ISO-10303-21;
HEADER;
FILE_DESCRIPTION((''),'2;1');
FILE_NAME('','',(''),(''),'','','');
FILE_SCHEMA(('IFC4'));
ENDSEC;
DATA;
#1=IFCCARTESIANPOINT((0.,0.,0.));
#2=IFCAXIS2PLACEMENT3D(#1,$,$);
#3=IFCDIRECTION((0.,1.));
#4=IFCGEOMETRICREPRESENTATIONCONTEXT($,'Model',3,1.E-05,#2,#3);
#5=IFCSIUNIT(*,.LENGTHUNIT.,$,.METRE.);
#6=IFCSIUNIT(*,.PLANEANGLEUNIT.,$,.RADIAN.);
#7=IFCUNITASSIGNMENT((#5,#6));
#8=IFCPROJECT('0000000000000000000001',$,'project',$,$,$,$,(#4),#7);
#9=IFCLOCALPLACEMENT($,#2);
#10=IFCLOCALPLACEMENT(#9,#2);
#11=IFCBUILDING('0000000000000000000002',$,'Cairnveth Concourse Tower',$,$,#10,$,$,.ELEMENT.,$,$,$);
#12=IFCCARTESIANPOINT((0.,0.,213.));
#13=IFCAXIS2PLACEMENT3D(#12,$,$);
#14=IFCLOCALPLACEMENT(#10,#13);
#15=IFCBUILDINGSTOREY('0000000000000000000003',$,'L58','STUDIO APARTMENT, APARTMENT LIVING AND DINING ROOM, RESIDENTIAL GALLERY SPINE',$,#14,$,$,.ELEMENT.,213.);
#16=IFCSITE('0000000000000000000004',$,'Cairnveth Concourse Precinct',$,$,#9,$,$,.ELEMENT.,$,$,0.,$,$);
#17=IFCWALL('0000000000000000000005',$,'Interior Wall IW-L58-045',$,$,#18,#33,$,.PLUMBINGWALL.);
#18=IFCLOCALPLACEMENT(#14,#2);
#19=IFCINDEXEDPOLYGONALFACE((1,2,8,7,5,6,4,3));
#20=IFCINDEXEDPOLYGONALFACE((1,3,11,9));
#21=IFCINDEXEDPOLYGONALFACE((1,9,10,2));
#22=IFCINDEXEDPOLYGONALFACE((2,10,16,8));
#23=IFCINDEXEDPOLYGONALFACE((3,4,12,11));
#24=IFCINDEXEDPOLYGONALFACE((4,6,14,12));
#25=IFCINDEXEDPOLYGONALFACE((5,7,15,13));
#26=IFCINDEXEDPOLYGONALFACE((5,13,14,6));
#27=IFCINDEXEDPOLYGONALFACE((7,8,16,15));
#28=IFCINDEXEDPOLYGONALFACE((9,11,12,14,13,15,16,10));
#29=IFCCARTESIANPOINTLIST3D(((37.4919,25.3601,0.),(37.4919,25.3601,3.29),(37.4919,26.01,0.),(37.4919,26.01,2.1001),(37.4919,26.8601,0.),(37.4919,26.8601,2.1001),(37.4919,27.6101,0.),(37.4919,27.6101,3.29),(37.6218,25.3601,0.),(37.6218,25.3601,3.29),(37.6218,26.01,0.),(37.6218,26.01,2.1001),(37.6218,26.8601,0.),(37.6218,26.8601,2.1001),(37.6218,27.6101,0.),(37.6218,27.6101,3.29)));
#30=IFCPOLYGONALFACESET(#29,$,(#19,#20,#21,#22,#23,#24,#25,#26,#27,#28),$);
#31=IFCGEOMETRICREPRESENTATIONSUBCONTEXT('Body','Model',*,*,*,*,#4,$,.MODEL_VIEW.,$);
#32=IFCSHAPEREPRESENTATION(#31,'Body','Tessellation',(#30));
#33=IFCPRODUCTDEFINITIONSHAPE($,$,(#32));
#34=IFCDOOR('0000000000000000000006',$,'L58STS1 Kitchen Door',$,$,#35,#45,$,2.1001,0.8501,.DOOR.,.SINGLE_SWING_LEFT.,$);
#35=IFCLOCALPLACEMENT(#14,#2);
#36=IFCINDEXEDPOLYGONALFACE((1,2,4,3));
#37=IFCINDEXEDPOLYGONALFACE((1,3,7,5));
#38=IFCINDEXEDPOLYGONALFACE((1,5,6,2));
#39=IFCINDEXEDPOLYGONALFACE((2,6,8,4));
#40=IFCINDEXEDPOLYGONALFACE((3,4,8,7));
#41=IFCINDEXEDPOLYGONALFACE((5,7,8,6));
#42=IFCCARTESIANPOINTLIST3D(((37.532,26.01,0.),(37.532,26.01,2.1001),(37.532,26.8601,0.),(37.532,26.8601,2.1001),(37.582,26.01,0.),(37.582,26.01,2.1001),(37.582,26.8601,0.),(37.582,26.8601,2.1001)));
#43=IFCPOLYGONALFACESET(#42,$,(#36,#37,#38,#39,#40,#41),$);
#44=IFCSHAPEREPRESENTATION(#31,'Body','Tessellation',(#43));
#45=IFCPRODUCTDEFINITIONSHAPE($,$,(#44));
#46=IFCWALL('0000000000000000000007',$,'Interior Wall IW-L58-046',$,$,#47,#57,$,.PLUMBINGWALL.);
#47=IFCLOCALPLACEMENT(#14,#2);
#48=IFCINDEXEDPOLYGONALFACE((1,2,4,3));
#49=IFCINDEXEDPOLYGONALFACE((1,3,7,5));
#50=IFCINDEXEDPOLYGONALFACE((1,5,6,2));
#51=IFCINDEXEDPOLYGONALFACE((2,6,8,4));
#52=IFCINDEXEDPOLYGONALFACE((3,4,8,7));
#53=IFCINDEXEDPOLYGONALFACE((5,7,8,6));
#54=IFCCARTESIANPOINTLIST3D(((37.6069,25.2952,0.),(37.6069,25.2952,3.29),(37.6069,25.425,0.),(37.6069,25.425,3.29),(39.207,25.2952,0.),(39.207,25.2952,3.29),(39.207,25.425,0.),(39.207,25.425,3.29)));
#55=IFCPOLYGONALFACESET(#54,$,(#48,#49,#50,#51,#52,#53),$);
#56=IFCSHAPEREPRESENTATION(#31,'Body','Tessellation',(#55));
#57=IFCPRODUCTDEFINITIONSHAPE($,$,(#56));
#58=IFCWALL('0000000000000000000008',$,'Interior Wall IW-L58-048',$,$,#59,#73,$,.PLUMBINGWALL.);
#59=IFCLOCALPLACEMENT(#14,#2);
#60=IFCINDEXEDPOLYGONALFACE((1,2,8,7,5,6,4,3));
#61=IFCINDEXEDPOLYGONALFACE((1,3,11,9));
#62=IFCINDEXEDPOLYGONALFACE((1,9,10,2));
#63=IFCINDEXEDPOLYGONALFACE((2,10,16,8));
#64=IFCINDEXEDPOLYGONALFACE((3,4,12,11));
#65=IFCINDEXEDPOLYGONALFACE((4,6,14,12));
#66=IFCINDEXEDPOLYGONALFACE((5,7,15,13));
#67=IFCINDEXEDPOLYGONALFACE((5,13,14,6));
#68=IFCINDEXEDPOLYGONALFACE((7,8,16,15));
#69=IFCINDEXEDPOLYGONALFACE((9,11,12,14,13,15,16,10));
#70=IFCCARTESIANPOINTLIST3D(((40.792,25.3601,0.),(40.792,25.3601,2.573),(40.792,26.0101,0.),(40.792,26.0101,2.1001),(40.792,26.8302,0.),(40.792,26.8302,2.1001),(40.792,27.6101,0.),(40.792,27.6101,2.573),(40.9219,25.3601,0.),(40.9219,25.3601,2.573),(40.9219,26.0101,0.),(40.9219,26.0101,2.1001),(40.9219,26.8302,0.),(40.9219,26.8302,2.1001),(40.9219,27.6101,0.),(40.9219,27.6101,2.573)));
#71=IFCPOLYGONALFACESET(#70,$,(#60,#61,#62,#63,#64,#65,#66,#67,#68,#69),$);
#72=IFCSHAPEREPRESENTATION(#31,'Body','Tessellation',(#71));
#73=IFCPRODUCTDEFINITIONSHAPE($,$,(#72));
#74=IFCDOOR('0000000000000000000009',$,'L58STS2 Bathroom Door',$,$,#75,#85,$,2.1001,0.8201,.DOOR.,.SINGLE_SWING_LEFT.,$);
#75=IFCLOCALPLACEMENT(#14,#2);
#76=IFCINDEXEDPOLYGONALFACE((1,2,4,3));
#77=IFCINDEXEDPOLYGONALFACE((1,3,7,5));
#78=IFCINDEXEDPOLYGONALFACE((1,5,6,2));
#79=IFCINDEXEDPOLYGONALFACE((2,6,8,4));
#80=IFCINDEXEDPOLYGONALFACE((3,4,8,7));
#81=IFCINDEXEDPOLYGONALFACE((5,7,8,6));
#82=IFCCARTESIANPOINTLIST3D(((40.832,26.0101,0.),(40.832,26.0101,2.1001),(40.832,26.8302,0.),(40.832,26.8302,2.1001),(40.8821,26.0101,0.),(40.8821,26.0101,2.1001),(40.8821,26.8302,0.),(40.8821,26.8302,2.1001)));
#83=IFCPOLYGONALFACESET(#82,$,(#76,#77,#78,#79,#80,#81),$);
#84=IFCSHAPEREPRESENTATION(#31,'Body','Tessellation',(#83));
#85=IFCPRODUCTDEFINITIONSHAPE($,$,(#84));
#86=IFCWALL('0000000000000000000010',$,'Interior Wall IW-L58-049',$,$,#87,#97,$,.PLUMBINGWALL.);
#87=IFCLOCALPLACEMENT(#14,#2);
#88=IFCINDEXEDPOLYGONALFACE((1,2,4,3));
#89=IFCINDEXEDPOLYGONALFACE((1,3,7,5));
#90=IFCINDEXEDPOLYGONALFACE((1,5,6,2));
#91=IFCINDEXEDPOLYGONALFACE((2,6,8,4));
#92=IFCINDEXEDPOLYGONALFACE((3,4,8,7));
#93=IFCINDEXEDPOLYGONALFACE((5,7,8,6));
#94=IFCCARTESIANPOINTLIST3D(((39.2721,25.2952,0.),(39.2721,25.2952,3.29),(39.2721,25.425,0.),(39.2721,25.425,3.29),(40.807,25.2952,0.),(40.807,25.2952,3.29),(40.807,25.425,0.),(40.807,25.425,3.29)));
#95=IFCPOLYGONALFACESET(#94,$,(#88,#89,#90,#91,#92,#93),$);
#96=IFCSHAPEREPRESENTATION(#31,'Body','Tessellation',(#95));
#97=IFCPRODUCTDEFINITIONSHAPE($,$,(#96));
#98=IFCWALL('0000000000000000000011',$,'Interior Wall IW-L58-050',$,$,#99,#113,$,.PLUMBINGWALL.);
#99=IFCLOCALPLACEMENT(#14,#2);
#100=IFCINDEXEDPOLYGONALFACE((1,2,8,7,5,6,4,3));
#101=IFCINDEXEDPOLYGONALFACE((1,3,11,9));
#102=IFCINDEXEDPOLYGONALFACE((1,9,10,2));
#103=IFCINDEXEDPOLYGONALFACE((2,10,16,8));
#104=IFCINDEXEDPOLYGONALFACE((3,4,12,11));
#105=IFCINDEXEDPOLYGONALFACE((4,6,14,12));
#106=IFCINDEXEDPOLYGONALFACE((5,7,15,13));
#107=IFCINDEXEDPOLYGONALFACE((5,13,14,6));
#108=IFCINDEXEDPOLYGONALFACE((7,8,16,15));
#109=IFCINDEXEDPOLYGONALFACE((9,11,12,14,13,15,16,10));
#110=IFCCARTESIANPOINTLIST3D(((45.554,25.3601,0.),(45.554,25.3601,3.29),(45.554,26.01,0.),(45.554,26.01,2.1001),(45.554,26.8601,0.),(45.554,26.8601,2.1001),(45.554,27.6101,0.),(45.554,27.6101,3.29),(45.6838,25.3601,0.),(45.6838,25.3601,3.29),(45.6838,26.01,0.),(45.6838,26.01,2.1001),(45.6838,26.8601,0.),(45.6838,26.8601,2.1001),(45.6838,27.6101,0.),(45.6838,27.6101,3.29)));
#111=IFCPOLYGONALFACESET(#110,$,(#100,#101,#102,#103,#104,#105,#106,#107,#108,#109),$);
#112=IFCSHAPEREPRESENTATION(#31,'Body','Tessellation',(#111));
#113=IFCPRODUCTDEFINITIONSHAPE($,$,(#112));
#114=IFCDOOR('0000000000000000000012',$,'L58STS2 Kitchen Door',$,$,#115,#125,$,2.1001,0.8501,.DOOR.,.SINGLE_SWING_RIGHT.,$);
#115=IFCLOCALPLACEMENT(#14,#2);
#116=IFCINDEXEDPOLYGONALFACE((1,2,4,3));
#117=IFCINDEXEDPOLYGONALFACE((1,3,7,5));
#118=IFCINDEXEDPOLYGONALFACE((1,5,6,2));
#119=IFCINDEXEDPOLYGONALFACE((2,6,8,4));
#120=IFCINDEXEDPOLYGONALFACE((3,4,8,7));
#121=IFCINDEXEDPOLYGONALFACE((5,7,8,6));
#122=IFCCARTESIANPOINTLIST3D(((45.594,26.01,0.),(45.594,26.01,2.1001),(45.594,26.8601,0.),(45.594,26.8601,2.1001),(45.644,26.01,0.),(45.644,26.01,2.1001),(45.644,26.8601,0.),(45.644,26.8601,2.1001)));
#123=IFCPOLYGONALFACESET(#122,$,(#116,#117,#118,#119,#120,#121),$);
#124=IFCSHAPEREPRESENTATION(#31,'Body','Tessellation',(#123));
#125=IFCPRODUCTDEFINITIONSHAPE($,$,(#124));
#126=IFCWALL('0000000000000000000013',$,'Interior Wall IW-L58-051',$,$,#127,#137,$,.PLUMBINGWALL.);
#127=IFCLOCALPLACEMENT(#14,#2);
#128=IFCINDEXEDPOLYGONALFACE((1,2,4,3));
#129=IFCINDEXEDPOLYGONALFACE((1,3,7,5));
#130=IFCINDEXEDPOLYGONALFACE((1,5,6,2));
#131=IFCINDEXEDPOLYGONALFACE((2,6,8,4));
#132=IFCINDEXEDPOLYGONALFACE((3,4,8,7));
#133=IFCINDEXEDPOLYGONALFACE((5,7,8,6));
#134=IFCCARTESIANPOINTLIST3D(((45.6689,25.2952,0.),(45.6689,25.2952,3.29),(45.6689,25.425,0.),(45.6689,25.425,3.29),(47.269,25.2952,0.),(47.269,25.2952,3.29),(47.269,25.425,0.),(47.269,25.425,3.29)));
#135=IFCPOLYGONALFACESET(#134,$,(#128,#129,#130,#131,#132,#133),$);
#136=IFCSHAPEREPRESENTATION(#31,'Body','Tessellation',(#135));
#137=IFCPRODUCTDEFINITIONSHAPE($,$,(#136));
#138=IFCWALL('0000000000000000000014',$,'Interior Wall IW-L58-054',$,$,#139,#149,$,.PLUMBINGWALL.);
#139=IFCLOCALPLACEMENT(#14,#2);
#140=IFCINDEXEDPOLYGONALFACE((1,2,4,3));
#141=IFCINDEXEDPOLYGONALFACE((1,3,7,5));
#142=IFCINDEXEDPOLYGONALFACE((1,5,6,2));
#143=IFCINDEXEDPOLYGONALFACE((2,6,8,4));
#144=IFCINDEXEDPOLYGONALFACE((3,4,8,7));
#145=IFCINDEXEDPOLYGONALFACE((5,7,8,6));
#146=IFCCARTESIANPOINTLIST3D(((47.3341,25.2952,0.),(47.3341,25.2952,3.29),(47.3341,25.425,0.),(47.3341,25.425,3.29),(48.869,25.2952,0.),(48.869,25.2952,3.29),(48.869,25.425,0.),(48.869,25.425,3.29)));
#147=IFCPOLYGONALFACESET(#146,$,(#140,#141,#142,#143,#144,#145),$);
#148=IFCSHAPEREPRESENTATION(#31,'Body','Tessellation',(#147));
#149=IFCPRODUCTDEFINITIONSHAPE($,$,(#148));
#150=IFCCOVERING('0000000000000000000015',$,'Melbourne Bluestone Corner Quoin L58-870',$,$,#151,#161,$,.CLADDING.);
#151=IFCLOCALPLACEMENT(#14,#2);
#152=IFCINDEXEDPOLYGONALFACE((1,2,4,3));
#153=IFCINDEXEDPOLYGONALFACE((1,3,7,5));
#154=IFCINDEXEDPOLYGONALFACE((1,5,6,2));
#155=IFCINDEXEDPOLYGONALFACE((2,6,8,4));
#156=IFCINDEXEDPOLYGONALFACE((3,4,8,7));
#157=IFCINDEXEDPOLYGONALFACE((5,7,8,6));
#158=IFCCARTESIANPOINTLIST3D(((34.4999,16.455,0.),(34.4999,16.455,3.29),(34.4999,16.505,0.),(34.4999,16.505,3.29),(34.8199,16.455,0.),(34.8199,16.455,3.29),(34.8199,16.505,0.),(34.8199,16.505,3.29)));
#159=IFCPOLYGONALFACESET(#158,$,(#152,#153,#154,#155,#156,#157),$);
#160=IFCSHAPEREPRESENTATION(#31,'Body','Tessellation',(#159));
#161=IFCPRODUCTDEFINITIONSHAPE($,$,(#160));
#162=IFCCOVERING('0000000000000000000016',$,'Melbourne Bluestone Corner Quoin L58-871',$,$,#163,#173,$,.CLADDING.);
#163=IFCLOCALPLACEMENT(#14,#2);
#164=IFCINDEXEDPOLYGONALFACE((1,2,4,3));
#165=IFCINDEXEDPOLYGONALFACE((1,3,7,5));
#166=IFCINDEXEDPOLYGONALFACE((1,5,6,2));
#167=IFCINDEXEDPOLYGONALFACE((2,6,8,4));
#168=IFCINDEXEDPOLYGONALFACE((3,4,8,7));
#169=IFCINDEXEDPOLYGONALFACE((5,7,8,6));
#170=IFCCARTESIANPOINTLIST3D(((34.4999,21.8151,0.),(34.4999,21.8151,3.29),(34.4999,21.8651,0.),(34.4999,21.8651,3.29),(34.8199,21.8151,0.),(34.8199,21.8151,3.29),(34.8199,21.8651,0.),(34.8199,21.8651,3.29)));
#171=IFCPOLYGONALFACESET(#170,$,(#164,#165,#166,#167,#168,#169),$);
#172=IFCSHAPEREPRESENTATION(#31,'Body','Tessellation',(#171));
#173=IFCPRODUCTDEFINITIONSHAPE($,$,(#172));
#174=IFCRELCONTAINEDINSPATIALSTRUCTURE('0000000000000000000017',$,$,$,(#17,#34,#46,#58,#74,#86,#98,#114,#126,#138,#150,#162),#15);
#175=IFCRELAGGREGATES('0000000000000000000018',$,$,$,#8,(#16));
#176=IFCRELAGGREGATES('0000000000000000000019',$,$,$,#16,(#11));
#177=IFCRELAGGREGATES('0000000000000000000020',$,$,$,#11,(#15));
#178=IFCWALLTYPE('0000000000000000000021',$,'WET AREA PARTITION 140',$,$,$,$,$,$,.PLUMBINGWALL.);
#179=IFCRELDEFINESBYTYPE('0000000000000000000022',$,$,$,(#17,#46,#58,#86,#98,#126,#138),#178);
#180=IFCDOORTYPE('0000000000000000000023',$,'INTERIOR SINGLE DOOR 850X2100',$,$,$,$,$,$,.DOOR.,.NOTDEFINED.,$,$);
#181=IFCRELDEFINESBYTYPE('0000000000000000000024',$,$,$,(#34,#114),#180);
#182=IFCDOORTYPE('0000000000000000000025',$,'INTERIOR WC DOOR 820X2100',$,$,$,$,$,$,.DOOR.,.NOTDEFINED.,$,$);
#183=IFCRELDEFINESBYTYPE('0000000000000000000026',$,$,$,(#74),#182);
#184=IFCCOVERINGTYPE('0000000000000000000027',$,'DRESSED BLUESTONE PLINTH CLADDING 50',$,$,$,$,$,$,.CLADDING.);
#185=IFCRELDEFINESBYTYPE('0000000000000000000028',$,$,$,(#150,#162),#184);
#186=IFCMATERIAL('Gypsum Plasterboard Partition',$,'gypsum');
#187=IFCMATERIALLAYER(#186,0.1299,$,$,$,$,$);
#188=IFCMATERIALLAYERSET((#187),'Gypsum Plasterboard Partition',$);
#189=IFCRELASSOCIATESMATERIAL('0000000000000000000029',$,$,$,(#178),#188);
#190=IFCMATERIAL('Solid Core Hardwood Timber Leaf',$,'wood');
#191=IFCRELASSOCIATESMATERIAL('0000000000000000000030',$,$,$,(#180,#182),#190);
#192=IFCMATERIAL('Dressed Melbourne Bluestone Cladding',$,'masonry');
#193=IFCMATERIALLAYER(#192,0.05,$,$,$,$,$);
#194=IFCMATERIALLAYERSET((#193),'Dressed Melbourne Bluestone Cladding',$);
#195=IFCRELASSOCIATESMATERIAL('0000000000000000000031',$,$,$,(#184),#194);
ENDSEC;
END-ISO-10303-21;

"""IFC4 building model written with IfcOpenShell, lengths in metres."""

from ifc_helpers import new_model, si_unit, direction, frame, frame_2d, origin, place, context, subcontext, project, spatial, rectangle, extrude, material, layer, layer_set, type_object, element, fill, save


model = new_model("IFC4")

# Units and contexts
model_context = context("Model", 3, precision=1e-05, world=origin(), true_north=direction((0.0, 1.0)))
body_context = subcontext(model_context, "Body", "Model", "MODEL_VIEW")
ifc_project = project(units=[si_unit("LENGTHUNIT", "METRE"), si_unit("PLANEANGLEUNIT", "RADIAN")], contexts=[model_context])

# Site, building, storey
site_placement = place(None, origin())
site = spatial("IfcSite", under=ifc_project, at=site_placement, Name="Cairnveth Concourse Precinct", CompositionType="ELEMENT", RefElevation=0.0)
building_placement = place(site_placement, origin())
building = spatial("IfcBuilding", under=site, at=building_placement, Name="Cairnveth Concourse Tower", CompositionType="ELEMENT")
storey_placement = place(building_placement, frame((0.0, 0.0, 213.0)))
storey = spatial("IfcBuildingStorey", under=building, at=storey_placement, Name="L58", Description="STUDIO APARTMENT, APARTMENT LIVING AND DINING ROOM, RESIDENTIAL GALLERY SPINE", CompositionType="ELEMENT", Elevation=213.0)

# Shared definitions
ifc_material_1 = material(Name="Gypsum Plasterboard Partition", Category="gypsum")

# Wall, opening, door
ifc_layer_1 = layer(ifc_material_1, 0.1299)
ifc_layer_set_1 = layer_set([ifc_layer_1], Name="Gypsum Plasterboard Partition")
wall_type_1 = type_object("IfcWallType", Name="WET AREA PARTITION 140", PredefinedType="PLUMBINGWALL", material=ifc_layer_set_1)
wall_1_placement = place(storey_placement, frame((37.5569, 25.3601, 0.0), z_axis=(0.0, 0.0, 1.0), x_axis=(0.0, 1.0, 0.0)))
wall_1 = element("IfcWall", 1, at=wall_1_placement, inside=storey, type_object=wall_type_1, Name="Interior Wall IW-L58-045", PredefinedType="PLUMBINGWALL", context=body_context, shape_type="SweptSolid", body=[
    extrude(rectangle(XDim=2.25, YDim=0.1299, at=frame_2d((1.125, 0.0))), origin(), (0.0, 0.0, 1.0), 3.29),
])
opening_1_placement = place(wall_1_placement, frame((0.6499, 0.0, 0.0)))
opening_1 = element("IfcOpeningElement", 2, at=opening_1_placement, cuts=wall_1, PredefinedType="OPENING", context=body_context, shape_type="SweptSolid", body=[
    extrude(rectangle(XDim=0.8501, YDim=2.1001, at=frame_2d((0.425, 1.05))), frame((0.0, 0.075, 0.0), z_axis=(0.0, -1.0, 0.0), x_axis=(1.0, 0.0, 0.0)), (0.0, 0.0, 1.0), 0.1499),
])
ifc_material_2 = material(Name="Solid Core Hardwood Timber Leaf", Category="wood")
door_type_1 = type_object("IfcDoorType", Name="INTERIOR SINGLE DOOR 850X2100", OperationType="NOTDEFINED", PredefinedType="DOOR", material=ifc_material_2)
door_1_placement = place(opening_1_placement, origin())
door_1 = element("IfcDoor", 3, at=door_1_placement, inside=storey, type_object=door_type_1, Name="L58STS1 Kitchen Door", OperationType="SINGLE_SWING_LEFT", OverallHeight=2.1001, OverallWidth=0.8501, PredefinedType="DOOR", context=body_context, shape_type="SweptSolid", body=[
    extrude(rectangle(XDim=0.8501, YDim=2.1001, at=frame_2d((0.425, 1.05))), frame((0.0, 0.0249, 0.0), z_axis=(0.0, -1.0, 0.0), x_axis=(1.0, 0.0, 0.0)), (0.0, 0.0, 1.0), 0.05),
])
fill(opening_1, door_1)

# Wall
wall_2_placement = place(storey_placement, frame((37.6069, 25.3601, 0.0), z_axis=(0.0, 0.0, 1.0), x_axis=(1.0, 0.0, 0.0)))
element("IfcWall", 4, at=wall_2_placement, inside=storey, type_object=wall_type_1, Name="Interior Wall IW-L58-046", PredefinedType="PLUMBINGWALL", context=body_context, shape_type="SweptSolid", body=[
    extrude(rectangle(XDim=1.6001, YDim=0.1299, at=frame_2d((0.8, 0.0))), origin(), (0.0, 0.0, 1.0), 3.29),
])

# Wall, opening, door
wall_3_placement = place(storey_placement, frame((40.8569, 25.3601, 0.0), z_axis=(0.0, 0.0, 1.0), x_axis=(0.0, 1.0, 0.0)))
wall_3 = element("IfcWall", 5, at=wall_3_placement, inside=storey, type_object=wall_type_1, Name="Interior Wall IW-L58-048", PredefinedType="PLUMBINGWALL", context=body_context, shape_type="SweptSolid", body=[
    extrude(rectangle(XDim=2.25, YDim=0.1299, at=frame_2d((1.125, 0.0))), origin(), (0.0, 0.0, 1.0), 2.573),
])
opening_2_placement = place(wall_3_placement, frame((0.6499, 0.0, 0.0)))
opening_2 = element("IfcOpeningElement", 6, at=opening_2_placement, cuts=wall_3, PredefinedType="OPENING", context=body_context, shape_type="SweptSolid", body=[
    extrude(rectangle(XDim=0.8201, YDim=2.1001, at=frame_2d((0.4102, 1.05))), frame((0.0, 0.075, 0.0), z_axis=(0.0, -1.0, 0.0), x_axis=(1.0, 0.0, 0.0)), (0.0, 0.0, 1.0), 0.1499),
])
door_type_2 = type_object("IfcDoorType", Name="INTERIOR WC DOOR 820X2100", OperationType="NOTDEFINED", PredefinedType="DOOR", material=ifc_material_2)
door_2_placement = place(opening_2_placement, origin())
door_2 = element("IfcDoor", 7, at=door_2_placement, inside=storey, type_object=door_type_2, Name="L58STS2 Bathroom Door", OperationType="SINGLE_SWING_LEFT", OverallHeight=2.1001, OverallWidth=0.8201, PredefinedType="DOOR", context=body_context, shape_type="SweptSolid", body=[
    extrude(rectangle(XDim=0.8201, YDim=2.1001, at=frame_2d((0.4102, 1.05))), frame((0.0, 0.0249, 0.0), z_axis=(0.0, -1.0, 0.0), x_axis=(1.0, 0.0, 0.0)), (0.0, 0.0, 1.0), 0.05),
])
fill(opening_2, door_2)

# Wall
wall_4_placement = place(storey_placement, frame((39.272, 25.3601, 0.0), z_axis=(0.0, 0.0, 1.0), x_axis=(1.0, 0.0, 0.0)))
element("IfcWall", 8, at=wall_4_placement, inside=storey, type_object=wall_type_1, Name="Interior Wall IW-L58-049", PredefinedType="PLUMBINGWALL", context=body_context, shape_type="SweptSolid", body=[
    extrude(rectangle(XDim=1.5349, YDim=0.1299, at=frame_2d((0.7676, 0.0))), origin(), (0.0, 0.0, 1.0), 3.29),
])

# Wall, opening, door
wall_5_placement = place(storey_placement, frame((45.6189, 25.3601, 0.0), z_axis=(0.0, 0.0, 1.0), x_axis=(0.0, 1.0, 0.0)))
wall_5 = element("IfcWall", 9, at=wall_5_placement, inside=storey, type_object=wall_type_1, Name="Interior Wall IW-L58-050", PredefinedType="PLUMBINGWALL", context=body_context, shape_type="SweptSolid", body=[
    extrude(rectangle(XDim=2.25, YDim=0.1299, at=frame_2d((1.125, 0.0))), origin(), (0.0, 0.0, 1.0), 3.29),
])
opening_3_placement = place(wall_5_placement, frame((0.6499, 0.0, 0.0)))
opening_3 = element("IfcOpeningElement", 10, at=opening_3_placement, cuts=wall_5, PredefinedType="OPENING", context=body_context, shape_type="SweptSolid", body=[
    extrude(rectangle(XDim=0.8501, YDim=2.1001, at=frame_2d((0.425, 1.05))), frame((0.0, 0.075, 0.0), z_axis=(0.0, -1.0, 0.0), x_axis=(1.0, 0.0, 0.0)), (0.0, 0.0, 1.0), 0.1499),
])
door_3_placement = place(opening_3_placement, origin())
door_3 = element("IfcDoor", 11, at=door_3_placement, inside=storey, type_object=door_type_1, Name="L58STS2 Kitchen Door", OperationType="SINGLE_SWING_RIGHT", OverallHeight=2.1001, OverallWidth=0.8501, PredefinedType="DOOR", context=body_context, shape_type="SweptSolid", body=[
    extrude(rectangle(XDim=0.8501, YDim=2.1001, at=frame_2d((0.425, 1.05))), frame((0.0, 0.0249, 0.0), z_axis=(0.0, -1.0, 0.0), x_axis=(1.0, 0.0, 0.0)), (0.0, 0.0, 1.0), 0.05),
])
fill(opening_3, door_3)

# Walls
wall_6_placement = place(storey_placement, frame((45.6689, 25.3601, 0.0), z_axis=(0.0, 0.0, 1.0), x_axis=(1.0, 0.0, 0.0)))
element("IfcWall", 12, at=wall_6_placement, inside=storey, type_object=wall_type_1, Name="Interior Wall IW-L58-051", PredefinedType="PLUMBINGWALL", context=body_context, shape_type="SweptSolid", body=[
    extrude(rectangle(XDim=1.6001, YDim=0.1299, at=frame_2d((0.8, 0.0))), origin(), (0.0, 0.0, 1.0), 3.29),
])
wall_7_placement = place(storey_placement, frame((47.334, 25.3601, 0.0), z_axis=(0.0, 0.0, 1.0), x_axis=(1.0, 0.0, 0.0)))
element("IfcWall", 13, at=wall_7_placement, inside=storey, type_object=wall_type_1, Name="Interior Wall IW-L58-054", PredefinedType="PLUMBINGWALL", context=body_context, shape_type="SweptSolid", body=[
    extrude(rectangle(XDim=1.5349, YDim=0.1299, at=frame_2d((0.7676, 0.0))), origin(), (0.0, 0.0, 1.0), 3.29),
])

# Coverings
ifc_material_3 = material(Name="Dressed Melbourne Bluestone Cladding", Category="masonry")
ifc_layer_2 = layer(ifc_material_3, 0.05)
ifc_layer_set_2 = layer_set([ifc_layer_2], Name="Dressed Melbourne Bluestone Cladding")
covering_type = type_object("IfcCoveringType", Name="DRESSED BLUESTONE PLINTH CLADDING 50", PredefinedType="CLADDING", material=ifc_layer_set_2)
for number, where, z_axis, x_axis, name in (
    (14, (34.8201, 16.48, 0.0), (0.0, 0.0, 1.0), (-1.0, 0.0, 0.0), "Melbourne Bluestone Corner Quoin L58-870"),
    (15, (34.8201, 21.8401, 0.0), (0.0, 0.0, 1.0), (-1.0, 0.0, 0.0), "Melbourne Bluestone Corner Quoin L58-871"),
):
    element("IfcCovering", number, at=place(storey_placement, frame(where, z_axis=z_axis, x_axis=x_axis)), inside=storey, type_object=covering_type, Name=name, PredefinedType="CLADDING", context=body_context, shape_type="SweptSolid", body=[
        extrude(rectangle(XDim=0.3201, YDim=0.05, at=frame_2d((0.1602, 0.0))), origin(), (0.0, 0.0, 1.0), 3.29),
    ])

save(model, "model.ifc")
